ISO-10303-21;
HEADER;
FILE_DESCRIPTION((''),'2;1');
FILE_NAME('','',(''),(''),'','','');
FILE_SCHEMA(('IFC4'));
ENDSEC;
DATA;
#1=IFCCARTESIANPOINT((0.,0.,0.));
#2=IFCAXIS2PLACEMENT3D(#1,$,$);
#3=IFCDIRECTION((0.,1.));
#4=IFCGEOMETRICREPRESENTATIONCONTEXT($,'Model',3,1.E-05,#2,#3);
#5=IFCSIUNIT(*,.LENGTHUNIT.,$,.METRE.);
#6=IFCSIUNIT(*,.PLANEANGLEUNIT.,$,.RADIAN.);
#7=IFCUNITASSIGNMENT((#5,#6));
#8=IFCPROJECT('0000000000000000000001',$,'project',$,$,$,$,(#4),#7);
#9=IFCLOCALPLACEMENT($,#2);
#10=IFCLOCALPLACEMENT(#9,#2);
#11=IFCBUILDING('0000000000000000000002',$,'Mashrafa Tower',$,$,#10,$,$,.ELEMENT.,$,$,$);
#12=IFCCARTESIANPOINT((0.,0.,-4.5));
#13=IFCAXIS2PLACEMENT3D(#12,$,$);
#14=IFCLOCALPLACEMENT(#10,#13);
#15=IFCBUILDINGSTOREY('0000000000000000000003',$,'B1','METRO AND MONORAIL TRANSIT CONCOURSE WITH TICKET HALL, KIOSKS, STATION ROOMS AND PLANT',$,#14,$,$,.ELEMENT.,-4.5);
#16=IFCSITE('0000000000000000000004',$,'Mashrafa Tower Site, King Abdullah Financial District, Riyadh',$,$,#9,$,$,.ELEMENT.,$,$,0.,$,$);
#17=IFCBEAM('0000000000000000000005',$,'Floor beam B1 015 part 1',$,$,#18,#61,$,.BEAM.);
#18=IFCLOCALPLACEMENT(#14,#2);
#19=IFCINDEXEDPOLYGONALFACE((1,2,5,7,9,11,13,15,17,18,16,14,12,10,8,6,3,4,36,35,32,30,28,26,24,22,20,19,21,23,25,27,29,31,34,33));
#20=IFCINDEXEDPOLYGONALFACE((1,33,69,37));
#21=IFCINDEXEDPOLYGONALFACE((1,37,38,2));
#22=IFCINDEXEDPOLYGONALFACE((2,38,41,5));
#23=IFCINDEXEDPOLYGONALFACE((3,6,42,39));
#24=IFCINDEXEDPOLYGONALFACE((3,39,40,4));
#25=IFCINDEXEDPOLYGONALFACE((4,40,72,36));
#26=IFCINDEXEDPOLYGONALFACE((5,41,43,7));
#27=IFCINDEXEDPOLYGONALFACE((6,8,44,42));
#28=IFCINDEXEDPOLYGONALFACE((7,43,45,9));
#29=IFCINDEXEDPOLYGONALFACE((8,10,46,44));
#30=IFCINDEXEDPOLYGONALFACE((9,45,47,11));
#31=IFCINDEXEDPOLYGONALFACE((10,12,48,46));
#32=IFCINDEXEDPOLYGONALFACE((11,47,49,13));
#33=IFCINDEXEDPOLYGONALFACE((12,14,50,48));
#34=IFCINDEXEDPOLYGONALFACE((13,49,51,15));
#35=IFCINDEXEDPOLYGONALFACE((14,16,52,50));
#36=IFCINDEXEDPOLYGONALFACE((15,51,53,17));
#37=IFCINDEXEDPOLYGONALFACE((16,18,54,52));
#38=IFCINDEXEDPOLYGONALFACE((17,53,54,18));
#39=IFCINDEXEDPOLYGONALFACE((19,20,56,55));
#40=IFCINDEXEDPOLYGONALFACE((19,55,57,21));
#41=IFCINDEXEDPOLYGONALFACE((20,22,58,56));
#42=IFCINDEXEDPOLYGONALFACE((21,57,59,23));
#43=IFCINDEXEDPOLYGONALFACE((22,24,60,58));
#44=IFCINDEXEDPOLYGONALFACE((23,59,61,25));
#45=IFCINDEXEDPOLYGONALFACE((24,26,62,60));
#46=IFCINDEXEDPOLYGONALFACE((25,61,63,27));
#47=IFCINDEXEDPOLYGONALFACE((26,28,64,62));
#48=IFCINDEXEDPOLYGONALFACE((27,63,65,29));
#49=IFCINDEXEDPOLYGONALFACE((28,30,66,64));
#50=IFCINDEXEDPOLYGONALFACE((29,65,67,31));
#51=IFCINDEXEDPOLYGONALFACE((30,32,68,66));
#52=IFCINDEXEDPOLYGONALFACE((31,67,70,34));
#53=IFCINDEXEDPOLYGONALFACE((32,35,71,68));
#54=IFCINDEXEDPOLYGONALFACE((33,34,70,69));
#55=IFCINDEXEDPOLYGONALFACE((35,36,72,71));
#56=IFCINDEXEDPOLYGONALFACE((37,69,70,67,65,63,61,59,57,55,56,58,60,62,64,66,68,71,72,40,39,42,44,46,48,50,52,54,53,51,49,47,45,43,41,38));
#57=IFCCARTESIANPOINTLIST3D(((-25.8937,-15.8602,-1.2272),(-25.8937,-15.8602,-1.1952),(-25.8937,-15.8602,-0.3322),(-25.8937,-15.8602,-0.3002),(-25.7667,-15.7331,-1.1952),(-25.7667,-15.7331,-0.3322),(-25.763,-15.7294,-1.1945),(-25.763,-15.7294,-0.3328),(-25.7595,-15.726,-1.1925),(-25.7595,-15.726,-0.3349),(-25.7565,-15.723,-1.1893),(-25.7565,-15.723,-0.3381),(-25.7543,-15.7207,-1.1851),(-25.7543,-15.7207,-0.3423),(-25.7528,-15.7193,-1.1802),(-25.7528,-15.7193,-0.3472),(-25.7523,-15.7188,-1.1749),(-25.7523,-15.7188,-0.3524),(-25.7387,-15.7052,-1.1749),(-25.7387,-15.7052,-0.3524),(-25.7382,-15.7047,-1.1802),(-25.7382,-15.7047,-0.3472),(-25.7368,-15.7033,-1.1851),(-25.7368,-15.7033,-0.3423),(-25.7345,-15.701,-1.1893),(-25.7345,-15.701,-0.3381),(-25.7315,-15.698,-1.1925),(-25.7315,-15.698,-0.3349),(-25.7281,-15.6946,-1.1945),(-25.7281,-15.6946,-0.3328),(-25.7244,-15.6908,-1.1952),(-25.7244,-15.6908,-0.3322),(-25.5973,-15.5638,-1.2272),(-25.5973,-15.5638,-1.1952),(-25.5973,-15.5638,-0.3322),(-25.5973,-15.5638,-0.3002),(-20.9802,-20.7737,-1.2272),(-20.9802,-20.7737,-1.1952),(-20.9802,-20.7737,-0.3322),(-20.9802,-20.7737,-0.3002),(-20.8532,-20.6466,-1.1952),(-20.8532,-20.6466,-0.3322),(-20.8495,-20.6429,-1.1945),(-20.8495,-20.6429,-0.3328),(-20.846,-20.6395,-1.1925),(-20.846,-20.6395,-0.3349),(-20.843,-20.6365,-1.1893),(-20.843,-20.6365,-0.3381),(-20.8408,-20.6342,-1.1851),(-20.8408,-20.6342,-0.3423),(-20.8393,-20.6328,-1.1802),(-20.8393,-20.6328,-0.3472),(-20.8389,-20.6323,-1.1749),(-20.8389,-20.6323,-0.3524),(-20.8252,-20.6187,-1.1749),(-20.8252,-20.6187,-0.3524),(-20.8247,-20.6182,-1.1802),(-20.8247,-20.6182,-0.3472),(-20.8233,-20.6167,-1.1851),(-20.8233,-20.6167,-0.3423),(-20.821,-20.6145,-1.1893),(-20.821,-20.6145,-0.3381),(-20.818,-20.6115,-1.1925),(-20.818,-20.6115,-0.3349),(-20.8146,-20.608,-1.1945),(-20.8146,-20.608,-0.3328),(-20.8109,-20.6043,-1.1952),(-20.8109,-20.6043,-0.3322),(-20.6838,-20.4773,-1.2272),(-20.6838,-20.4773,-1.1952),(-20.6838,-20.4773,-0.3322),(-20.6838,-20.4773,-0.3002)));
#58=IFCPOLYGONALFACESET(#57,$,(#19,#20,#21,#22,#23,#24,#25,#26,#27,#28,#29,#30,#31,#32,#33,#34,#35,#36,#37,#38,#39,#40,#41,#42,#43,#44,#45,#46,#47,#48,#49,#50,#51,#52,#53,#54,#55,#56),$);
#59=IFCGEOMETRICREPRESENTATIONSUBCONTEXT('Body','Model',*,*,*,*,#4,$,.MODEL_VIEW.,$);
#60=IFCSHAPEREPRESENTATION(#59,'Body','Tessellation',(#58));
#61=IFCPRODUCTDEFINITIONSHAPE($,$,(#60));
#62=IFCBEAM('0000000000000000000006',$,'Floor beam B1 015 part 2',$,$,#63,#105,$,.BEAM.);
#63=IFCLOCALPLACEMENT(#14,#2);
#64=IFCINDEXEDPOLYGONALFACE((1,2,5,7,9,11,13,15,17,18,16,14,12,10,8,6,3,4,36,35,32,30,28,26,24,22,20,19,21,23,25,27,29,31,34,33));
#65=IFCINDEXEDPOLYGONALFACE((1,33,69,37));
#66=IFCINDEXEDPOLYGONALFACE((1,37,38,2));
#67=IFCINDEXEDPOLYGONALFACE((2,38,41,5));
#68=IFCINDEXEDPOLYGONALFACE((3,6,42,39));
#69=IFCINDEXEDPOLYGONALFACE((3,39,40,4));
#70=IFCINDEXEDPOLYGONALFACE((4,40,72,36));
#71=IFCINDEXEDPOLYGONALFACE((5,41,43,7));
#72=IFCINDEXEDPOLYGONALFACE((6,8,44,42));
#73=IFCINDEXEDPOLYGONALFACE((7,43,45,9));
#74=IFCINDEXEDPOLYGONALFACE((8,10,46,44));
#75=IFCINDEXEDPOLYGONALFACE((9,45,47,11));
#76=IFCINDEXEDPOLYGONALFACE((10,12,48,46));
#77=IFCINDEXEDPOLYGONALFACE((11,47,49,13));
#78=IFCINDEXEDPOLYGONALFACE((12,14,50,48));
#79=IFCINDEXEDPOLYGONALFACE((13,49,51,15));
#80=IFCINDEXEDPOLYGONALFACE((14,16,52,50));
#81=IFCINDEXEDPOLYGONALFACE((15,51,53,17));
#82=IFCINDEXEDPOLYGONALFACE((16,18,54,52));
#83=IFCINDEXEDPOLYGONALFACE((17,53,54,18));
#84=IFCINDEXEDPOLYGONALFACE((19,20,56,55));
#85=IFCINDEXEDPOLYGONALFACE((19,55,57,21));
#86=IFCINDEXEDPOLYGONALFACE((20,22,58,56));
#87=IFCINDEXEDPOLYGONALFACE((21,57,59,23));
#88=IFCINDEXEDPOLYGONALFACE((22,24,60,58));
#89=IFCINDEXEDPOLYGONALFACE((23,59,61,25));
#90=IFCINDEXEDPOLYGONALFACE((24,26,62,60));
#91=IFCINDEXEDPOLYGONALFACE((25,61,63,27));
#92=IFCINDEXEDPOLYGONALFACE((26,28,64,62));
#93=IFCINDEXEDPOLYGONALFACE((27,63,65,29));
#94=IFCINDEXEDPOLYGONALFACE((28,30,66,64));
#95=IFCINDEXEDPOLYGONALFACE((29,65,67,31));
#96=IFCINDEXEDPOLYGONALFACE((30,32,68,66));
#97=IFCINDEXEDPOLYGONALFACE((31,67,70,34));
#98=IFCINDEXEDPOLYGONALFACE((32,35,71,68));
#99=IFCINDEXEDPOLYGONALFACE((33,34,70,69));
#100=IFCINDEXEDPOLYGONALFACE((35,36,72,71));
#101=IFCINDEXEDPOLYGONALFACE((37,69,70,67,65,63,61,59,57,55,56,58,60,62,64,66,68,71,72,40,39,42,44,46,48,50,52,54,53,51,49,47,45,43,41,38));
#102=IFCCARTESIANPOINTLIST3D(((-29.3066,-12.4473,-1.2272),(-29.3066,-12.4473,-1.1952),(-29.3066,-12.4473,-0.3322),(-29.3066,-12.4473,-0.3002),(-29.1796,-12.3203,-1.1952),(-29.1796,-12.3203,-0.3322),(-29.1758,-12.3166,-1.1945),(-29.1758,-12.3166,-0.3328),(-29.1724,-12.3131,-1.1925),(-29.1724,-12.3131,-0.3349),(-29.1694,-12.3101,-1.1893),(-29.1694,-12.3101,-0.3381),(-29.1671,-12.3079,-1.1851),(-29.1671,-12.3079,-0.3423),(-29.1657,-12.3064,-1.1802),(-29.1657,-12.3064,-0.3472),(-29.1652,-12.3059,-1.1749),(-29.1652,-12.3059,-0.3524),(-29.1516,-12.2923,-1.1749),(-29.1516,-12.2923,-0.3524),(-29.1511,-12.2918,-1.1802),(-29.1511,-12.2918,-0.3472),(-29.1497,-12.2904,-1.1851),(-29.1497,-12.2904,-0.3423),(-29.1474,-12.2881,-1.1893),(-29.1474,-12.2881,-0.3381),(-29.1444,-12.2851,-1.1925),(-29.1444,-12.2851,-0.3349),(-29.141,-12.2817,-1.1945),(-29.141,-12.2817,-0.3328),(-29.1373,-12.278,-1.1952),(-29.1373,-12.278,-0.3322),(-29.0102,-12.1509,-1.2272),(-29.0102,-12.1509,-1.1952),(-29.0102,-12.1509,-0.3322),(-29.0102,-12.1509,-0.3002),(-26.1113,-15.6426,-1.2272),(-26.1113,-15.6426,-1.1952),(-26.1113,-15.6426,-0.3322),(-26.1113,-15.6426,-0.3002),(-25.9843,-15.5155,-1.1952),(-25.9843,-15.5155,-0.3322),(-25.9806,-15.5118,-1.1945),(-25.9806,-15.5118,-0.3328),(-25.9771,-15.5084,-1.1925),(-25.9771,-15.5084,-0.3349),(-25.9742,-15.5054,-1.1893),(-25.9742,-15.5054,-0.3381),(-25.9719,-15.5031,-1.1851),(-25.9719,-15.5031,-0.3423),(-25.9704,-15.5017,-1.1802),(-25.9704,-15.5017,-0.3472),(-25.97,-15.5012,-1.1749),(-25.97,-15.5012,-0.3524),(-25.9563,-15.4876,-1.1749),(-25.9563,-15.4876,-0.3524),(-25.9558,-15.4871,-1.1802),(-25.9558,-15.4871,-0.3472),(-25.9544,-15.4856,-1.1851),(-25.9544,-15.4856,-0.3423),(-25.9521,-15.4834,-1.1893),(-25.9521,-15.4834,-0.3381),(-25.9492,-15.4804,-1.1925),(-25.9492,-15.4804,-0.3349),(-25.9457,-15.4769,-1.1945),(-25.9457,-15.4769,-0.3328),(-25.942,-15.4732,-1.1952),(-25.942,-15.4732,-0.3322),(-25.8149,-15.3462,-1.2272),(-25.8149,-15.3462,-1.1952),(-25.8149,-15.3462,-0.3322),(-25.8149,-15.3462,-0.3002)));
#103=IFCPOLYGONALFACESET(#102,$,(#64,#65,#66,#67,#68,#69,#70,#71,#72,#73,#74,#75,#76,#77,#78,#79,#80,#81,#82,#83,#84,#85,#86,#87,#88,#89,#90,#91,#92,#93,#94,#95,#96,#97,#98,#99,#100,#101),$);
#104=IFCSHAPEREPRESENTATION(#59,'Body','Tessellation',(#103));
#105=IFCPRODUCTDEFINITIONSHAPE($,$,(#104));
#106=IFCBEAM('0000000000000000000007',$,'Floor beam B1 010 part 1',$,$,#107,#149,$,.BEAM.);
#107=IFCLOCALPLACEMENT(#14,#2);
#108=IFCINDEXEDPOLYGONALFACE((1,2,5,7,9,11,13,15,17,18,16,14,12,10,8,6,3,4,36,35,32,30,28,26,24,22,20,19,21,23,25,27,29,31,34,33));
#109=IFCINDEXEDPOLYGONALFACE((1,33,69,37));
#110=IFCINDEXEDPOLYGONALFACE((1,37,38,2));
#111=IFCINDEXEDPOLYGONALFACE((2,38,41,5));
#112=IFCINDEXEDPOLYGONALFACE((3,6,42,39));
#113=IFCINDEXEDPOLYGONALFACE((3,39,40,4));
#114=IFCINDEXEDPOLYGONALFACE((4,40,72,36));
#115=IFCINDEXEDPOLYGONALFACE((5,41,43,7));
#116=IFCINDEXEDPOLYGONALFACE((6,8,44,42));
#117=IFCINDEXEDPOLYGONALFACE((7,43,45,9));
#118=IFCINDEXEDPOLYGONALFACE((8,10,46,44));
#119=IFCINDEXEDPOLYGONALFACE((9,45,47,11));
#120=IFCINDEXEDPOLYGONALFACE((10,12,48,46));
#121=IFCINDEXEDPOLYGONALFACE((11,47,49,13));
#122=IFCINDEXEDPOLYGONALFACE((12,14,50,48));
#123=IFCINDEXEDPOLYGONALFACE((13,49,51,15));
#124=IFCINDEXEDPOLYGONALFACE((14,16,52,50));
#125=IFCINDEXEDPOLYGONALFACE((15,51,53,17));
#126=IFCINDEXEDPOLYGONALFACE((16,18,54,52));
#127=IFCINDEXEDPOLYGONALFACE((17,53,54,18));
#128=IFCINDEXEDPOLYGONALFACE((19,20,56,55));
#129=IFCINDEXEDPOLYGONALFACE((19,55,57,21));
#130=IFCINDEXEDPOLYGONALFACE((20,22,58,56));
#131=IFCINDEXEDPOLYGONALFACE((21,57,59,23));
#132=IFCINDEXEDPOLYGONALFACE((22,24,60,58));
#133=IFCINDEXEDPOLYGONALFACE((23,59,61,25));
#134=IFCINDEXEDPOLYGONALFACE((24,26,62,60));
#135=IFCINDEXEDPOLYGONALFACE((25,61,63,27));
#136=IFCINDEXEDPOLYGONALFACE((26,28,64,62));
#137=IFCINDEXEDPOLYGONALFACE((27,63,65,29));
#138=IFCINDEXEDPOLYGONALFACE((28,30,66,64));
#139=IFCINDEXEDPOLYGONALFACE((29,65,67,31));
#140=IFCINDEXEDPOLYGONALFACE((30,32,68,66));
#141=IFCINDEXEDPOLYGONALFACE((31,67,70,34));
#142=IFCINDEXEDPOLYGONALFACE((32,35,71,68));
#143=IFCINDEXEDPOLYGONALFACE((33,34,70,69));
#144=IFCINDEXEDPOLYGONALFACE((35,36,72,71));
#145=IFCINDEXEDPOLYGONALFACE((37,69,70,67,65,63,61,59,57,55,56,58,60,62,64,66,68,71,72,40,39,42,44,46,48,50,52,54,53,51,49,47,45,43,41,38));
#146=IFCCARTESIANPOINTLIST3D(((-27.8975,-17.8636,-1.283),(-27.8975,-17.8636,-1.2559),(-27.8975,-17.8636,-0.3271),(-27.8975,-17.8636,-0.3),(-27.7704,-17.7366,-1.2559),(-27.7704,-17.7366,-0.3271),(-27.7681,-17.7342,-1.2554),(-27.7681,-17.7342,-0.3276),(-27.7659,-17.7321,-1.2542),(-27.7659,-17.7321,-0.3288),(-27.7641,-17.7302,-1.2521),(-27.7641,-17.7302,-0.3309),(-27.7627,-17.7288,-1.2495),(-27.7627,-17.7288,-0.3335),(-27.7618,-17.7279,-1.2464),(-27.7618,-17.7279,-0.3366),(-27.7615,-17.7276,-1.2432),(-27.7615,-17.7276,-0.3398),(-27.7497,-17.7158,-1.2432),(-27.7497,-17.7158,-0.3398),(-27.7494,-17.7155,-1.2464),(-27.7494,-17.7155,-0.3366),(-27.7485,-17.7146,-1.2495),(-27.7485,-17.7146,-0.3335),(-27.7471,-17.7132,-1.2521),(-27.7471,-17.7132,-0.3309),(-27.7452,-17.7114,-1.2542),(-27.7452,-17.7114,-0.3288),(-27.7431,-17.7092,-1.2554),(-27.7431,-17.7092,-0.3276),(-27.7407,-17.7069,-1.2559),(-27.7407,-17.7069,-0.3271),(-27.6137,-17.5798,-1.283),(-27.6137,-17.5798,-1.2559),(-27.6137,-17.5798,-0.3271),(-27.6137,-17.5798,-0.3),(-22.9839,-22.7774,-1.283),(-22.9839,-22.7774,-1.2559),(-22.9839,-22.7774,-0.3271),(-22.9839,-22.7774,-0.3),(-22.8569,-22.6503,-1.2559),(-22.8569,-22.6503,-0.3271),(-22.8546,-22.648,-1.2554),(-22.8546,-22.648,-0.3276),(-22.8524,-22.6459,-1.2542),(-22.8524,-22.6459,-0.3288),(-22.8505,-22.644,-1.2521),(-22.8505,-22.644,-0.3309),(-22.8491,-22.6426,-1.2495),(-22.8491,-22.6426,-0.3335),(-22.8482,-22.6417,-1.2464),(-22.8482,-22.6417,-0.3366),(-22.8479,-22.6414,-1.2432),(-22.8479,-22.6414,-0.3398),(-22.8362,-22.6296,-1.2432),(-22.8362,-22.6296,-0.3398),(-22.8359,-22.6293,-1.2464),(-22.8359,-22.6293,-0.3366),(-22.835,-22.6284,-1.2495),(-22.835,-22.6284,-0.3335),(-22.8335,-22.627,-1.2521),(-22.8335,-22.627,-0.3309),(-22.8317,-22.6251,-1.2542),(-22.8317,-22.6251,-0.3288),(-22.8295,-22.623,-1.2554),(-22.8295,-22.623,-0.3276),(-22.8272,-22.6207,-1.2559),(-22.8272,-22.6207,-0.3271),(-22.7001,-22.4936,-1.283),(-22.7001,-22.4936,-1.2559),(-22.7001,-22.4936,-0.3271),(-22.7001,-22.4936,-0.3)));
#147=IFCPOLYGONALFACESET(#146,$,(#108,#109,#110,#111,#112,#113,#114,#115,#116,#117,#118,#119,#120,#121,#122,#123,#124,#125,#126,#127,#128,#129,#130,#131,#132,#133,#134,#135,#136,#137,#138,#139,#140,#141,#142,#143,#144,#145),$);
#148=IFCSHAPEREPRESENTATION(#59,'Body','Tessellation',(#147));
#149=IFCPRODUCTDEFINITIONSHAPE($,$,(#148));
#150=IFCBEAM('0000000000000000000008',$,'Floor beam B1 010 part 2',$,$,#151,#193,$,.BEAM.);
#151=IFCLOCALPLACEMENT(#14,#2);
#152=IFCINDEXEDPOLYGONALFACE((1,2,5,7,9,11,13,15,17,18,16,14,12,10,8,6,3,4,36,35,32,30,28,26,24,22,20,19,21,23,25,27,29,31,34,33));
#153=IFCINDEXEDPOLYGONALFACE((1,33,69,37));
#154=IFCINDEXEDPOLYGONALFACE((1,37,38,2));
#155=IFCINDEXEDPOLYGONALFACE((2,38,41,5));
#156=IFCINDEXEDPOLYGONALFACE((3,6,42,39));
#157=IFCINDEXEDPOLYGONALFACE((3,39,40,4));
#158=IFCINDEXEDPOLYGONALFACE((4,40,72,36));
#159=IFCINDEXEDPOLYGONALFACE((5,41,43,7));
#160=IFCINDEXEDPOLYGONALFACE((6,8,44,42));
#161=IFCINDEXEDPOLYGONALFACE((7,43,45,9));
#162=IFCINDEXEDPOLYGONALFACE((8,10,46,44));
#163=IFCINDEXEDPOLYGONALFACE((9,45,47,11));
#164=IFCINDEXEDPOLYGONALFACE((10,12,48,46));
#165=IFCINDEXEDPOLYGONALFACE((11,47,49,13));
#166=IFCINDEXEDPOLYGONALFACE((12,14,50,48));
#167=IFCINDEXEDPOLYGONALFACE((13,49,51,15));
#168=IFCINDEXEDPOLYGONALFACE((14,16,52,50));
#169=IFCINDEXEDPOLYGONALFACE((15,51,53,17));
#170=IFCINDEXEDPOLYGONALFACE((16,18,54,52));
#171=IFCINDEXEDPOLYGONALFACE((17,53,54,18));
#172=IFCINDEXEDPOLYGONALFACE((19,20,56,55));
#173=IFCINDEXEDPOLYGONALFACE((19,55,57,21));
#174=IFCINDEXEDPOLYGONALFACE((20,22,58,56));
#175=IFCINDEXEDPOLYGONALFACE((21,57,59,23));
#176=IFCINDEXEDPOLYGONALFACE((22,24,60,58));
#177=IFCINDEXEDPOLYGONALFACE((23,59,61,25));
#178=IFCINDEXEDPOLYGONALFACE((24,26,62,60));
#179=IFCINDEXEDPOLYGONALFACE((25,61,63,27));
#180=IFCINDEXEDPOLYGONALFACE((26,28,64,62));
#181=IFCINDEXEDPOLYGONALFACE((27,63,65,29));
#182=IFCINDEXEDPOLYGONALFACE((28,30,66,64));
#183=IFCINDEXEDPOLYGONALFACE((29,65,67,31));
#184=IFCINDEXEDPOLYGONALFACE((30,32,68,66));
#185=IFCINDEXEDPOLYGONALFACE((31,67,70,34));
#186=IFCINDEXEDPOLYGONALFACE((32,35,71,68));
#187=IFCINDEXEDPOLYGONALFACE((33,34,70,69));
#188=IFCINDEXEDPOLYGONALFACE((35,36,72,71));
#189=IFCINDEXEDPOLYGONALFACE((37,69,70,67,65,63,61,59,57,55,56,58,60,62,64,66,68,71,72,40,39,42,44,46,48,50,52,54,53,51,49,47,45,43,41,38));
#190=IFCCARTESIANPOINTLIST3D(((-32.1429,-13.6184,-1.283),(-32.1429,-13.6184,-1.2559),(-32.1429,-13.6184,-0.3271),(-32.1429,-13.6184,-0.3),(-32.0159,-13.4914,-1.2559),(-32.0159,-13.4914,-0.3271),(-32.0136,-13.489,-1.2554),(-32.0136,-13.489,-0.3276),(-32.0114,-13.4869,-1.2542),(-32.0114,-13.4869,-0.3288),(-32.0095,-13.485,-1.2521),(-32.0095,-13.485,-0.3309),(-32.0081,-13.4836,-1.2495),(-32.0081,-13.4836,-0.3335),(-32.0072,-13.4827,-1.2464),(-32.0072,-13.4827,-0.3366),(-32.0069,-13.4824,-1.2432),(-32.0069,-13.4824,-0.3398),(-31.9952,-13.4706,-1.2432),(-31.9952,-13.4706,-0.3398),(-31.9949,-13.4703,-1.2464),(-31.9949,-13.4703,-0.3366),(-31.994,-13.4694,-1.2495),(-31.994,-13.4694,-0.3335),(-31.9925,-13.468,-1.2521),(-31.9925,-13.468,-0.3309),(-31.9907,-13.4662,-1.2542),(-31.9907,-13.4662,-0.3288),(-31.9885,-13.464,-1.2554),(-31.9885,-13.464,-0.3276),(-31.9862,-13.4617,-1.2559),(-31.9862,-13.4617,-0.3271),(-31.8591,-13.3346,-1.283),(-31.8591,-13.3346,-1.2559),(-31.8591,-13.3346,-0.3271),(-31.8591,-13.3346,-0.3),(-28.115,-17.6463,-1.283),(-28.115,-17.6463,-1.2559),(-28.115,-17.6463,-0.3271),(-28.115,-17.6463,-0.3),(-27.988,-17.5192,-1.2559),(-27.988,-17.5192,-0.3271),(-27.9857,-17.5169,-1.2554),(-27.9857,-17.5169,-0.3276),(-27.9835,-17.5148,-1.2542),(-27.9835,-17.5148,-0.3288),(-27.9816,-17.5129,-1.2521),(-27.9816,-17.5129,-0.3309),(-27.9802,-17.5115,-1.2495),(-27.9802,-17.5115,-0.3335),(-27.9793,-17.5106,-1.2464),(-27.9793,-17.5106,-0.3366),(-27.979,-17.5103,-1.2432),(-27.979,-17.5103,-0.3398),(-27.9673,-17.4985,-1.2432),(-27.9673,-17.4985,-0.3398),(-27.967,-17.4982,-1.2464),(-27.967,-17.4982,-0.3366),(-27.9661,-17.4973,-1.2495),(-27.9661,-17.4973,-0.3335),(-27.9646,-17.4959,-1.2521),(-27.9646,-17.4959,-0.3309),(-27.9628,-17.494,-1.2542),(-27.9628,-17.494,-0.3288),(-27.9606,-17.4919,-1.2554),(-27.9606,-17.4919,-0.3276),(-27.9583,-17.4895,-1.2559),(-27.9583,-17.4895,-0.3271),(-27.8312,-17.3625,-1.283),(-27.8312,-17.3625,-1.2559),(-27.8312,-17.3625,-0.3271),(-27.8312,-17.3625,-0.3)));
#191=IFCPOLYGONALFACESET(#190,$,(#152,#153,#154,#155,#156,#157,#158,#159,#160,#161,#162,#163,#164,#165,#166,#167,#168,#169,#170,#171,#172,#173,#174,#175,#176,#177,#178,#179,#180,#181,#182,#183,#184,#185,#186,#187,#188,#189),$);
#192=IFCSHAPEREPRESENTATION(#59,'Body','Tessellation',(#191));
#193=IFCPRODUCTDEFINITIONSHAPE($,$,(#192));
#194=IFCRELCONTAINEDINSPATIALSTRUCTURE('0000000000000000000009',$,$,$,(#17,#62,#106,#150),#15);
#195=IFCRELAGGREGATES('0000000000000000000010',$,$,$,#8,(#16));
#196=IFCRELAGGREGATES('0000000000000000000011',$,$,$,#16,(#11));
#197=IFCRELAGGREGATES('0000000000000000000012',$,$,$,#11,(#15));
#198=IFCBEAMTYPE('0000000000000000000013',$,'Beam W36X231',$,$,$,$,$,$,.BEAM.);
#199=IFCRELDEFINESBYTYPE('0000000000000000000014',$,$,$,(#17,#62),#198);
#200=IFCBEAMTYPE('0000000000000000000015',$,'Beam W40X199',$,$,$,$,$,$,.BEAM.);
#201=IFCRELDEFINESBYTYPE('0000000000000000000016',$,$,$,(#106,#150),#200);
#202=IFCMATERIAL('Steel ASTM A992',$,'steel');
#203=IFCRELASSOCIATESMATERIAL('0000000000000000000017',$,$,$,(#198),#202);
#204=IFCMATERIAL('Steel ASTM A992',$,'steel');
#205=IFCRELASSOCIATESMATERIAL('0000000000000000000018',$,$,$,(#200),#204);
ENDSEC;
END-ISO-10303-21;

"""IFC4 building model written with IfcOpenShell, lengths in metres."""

from ifc_helpers import new_model, si_unit, direction, frame, origin, origin_2d, place, context, subcontext, project, spatial, i_section, extrude, material, material_profile, profile_set, type_object, element, save


model = new_model("IFC4")

# Units and contexts
model_context = context("Model", 3, precision=1e-05, world=origin(), true_north=direction((0.0, 1.0)))
body_context = subcontext(model_context, "Body", "Model", "MODEL_VIEW")
ifc_project = project(units=[si_unit("LENGTHUNIT", "METRE"), si_unit("PLANEANGLEUNIT", "RADIAN")], contexts=[model_context])

# Site, building, storey
site_placement = place(None, origin())
site = spatial("IfcSite", under=ifc_project, at=site_placement, Name="Mashrafa Tower Site, King Abdullah Financial District, Riyadh", CompositionType="ELEMENT", RefElevation=0.0)
building_placement = place(site_placement, origin())
building = spatial("IfcBuilding", under=site, at=building_placement, Name="Mashrafa Tower", CompositionType="ELEMENT")
storey_placement = place(building_placement, frame((0.0, 0.0, -4.5)))
storey = spatial("IfcBuildingStorey", under=building, at=storey_placement, Name="B1", Description="METRO AND MONORAIL TRANSIT CONCOURSE WITH TICKET HALL, KIOSKS, STATION ROOMS AND PLANT", CompositionType="ELEMENT", Elevation=-4.5)

# Beams
ifc_material_1 = material(Name="Steel ASTM A992", Category="steel")
ifc_material_profile_1 = material_profile(ifc_material_1, i_section(OverallWidth=0.4192, OverallDepth=0.927, WebThickness=0.0193, FlangeThickness=0.032, FilletRadius=0.0203, at=origin_2d()), Name="W36X231")
ifc_profile_set_1 = profile_set([ifc_material_profile_1], Name="Steel ASTM A992")
beam_type_1 = type_object("IfcBeamType", Name="Beam W36X231", PredefinedType="BEAM", material=ifc_profile_set_1)
beam_1_placement = place(storey_placement, frame((-20.832, -20.6255, -0.7637), z_axis=(-0.707107, 0.707107, 0.0), x_axis=(-0.707107, -0.707107, 0.0)))
element("IfcBeam", 1, at=beam_1_placement, inside=storey, type_object=beam_type_1, Name="Floor beam B1 015 part 1", PredefinedType="BEAM", context=body_context, shape_type="SweptSolid", body=[
    extrude(i_section(OverallWidth=0.4192, OverallDepth=0.927, WebThickness=0.0193, FlangeThickness=0.032, FilletRadius=0.0203, at=origin_2d()), origin(), (0.0, 0.0, 1.0), 6.9487),
])
beam_2_placement = place(storey_placement, frame((-25.9631, -15.4944, -0.7637), z_axis=(-0.707107, 0.707107, 0.0), x_axis=(-0.707107, -0.707107, 0.0)))
element("IfcBeam", 2, at=beam_2_placement, inside=storey, type_object=beam_type_1, Name="Floor beam B1 015 part 2", PredefinedType="BEAM", context=body_context, shape_type="SweptSolid", body=[
    extrude(i_section(OverallWidth=0.4192, OverallDepth=0.927, WebThickness=0.0193, FlangeThickness=0.032, FilletRadius=0.0203, at=origin_2d()), origin(), (0.0, 0.0, 1.0), 4.5188),
])
ifc_material_2 = material(Name="Steel ASTM A992", Category="steel")
ifc_material_profile_2 = material_profile(ifc_material_2, i_section(OverallWidth=0.4014, OverallDepth=0.9829, WebThickness=0.0166, FlangeThickness=0.0271, FilletRadius=0.0127, at=origin_2d()), Name="W40X199")
ifc_profile_set_2 = profile_set([ifc_material_profile_2], Name="Steel ASTM A992")
beam_type_2 = type_object("IfcBeamType", Name="Beam W40X199", PredefinedType="BEAM", material=ifc_profile_set_2)
beam_3_placement = place(storey_placement, frame((-22.842, -22.6355, -0.7915), z_axis=(-0.707089, 0.707124, 0.0), x_axis=(-0.707124, -0.707089, 0.0)))
element("IfcBeam", 3, at=beam_3_placement, inside=storey, type_object=beam_type_2, Name="Floor beam B1 010 part 1", PredefinedType="BEAM", context=body_context, shape_type="SweptSolid", body=[
    extrude(i_section(OverallWidth=0.4014, OverallDepth=0.9829, WebThickness=0.0166, FlangeThickness=0.0271, FilletRadius=0.0127, at=origin_2d()), origin(), (0.0, 0.0, 1.0), 6.949),
])
beam_4_placement = place(storey_placement, frame((-27.9731, -17.5044, -0.7915), z_axis=(-0.707107, 0.707107, 0.0), x_axis=(-0.707107, -0.707107, 0.0)))
element("IfcBeam", 4, at=beam_4_placement, inside=storey, type_object=beam_type_2, Name="Floor beam B1 010 part 2", PredefinedType="BEAM", context=body_context, shape_type="SweptSolid", body=[
    extrude(i_section(OverallWidth=0.4014, OverallDepth=0.9829, WebThickness=0.0166, FlangeThickness=0.0271, FilletRadius=0.0127, at=origin_2d()), origin(), (0.0, 0.0, 1.0), 5.6963),
])

save(model, "model.ifc")
